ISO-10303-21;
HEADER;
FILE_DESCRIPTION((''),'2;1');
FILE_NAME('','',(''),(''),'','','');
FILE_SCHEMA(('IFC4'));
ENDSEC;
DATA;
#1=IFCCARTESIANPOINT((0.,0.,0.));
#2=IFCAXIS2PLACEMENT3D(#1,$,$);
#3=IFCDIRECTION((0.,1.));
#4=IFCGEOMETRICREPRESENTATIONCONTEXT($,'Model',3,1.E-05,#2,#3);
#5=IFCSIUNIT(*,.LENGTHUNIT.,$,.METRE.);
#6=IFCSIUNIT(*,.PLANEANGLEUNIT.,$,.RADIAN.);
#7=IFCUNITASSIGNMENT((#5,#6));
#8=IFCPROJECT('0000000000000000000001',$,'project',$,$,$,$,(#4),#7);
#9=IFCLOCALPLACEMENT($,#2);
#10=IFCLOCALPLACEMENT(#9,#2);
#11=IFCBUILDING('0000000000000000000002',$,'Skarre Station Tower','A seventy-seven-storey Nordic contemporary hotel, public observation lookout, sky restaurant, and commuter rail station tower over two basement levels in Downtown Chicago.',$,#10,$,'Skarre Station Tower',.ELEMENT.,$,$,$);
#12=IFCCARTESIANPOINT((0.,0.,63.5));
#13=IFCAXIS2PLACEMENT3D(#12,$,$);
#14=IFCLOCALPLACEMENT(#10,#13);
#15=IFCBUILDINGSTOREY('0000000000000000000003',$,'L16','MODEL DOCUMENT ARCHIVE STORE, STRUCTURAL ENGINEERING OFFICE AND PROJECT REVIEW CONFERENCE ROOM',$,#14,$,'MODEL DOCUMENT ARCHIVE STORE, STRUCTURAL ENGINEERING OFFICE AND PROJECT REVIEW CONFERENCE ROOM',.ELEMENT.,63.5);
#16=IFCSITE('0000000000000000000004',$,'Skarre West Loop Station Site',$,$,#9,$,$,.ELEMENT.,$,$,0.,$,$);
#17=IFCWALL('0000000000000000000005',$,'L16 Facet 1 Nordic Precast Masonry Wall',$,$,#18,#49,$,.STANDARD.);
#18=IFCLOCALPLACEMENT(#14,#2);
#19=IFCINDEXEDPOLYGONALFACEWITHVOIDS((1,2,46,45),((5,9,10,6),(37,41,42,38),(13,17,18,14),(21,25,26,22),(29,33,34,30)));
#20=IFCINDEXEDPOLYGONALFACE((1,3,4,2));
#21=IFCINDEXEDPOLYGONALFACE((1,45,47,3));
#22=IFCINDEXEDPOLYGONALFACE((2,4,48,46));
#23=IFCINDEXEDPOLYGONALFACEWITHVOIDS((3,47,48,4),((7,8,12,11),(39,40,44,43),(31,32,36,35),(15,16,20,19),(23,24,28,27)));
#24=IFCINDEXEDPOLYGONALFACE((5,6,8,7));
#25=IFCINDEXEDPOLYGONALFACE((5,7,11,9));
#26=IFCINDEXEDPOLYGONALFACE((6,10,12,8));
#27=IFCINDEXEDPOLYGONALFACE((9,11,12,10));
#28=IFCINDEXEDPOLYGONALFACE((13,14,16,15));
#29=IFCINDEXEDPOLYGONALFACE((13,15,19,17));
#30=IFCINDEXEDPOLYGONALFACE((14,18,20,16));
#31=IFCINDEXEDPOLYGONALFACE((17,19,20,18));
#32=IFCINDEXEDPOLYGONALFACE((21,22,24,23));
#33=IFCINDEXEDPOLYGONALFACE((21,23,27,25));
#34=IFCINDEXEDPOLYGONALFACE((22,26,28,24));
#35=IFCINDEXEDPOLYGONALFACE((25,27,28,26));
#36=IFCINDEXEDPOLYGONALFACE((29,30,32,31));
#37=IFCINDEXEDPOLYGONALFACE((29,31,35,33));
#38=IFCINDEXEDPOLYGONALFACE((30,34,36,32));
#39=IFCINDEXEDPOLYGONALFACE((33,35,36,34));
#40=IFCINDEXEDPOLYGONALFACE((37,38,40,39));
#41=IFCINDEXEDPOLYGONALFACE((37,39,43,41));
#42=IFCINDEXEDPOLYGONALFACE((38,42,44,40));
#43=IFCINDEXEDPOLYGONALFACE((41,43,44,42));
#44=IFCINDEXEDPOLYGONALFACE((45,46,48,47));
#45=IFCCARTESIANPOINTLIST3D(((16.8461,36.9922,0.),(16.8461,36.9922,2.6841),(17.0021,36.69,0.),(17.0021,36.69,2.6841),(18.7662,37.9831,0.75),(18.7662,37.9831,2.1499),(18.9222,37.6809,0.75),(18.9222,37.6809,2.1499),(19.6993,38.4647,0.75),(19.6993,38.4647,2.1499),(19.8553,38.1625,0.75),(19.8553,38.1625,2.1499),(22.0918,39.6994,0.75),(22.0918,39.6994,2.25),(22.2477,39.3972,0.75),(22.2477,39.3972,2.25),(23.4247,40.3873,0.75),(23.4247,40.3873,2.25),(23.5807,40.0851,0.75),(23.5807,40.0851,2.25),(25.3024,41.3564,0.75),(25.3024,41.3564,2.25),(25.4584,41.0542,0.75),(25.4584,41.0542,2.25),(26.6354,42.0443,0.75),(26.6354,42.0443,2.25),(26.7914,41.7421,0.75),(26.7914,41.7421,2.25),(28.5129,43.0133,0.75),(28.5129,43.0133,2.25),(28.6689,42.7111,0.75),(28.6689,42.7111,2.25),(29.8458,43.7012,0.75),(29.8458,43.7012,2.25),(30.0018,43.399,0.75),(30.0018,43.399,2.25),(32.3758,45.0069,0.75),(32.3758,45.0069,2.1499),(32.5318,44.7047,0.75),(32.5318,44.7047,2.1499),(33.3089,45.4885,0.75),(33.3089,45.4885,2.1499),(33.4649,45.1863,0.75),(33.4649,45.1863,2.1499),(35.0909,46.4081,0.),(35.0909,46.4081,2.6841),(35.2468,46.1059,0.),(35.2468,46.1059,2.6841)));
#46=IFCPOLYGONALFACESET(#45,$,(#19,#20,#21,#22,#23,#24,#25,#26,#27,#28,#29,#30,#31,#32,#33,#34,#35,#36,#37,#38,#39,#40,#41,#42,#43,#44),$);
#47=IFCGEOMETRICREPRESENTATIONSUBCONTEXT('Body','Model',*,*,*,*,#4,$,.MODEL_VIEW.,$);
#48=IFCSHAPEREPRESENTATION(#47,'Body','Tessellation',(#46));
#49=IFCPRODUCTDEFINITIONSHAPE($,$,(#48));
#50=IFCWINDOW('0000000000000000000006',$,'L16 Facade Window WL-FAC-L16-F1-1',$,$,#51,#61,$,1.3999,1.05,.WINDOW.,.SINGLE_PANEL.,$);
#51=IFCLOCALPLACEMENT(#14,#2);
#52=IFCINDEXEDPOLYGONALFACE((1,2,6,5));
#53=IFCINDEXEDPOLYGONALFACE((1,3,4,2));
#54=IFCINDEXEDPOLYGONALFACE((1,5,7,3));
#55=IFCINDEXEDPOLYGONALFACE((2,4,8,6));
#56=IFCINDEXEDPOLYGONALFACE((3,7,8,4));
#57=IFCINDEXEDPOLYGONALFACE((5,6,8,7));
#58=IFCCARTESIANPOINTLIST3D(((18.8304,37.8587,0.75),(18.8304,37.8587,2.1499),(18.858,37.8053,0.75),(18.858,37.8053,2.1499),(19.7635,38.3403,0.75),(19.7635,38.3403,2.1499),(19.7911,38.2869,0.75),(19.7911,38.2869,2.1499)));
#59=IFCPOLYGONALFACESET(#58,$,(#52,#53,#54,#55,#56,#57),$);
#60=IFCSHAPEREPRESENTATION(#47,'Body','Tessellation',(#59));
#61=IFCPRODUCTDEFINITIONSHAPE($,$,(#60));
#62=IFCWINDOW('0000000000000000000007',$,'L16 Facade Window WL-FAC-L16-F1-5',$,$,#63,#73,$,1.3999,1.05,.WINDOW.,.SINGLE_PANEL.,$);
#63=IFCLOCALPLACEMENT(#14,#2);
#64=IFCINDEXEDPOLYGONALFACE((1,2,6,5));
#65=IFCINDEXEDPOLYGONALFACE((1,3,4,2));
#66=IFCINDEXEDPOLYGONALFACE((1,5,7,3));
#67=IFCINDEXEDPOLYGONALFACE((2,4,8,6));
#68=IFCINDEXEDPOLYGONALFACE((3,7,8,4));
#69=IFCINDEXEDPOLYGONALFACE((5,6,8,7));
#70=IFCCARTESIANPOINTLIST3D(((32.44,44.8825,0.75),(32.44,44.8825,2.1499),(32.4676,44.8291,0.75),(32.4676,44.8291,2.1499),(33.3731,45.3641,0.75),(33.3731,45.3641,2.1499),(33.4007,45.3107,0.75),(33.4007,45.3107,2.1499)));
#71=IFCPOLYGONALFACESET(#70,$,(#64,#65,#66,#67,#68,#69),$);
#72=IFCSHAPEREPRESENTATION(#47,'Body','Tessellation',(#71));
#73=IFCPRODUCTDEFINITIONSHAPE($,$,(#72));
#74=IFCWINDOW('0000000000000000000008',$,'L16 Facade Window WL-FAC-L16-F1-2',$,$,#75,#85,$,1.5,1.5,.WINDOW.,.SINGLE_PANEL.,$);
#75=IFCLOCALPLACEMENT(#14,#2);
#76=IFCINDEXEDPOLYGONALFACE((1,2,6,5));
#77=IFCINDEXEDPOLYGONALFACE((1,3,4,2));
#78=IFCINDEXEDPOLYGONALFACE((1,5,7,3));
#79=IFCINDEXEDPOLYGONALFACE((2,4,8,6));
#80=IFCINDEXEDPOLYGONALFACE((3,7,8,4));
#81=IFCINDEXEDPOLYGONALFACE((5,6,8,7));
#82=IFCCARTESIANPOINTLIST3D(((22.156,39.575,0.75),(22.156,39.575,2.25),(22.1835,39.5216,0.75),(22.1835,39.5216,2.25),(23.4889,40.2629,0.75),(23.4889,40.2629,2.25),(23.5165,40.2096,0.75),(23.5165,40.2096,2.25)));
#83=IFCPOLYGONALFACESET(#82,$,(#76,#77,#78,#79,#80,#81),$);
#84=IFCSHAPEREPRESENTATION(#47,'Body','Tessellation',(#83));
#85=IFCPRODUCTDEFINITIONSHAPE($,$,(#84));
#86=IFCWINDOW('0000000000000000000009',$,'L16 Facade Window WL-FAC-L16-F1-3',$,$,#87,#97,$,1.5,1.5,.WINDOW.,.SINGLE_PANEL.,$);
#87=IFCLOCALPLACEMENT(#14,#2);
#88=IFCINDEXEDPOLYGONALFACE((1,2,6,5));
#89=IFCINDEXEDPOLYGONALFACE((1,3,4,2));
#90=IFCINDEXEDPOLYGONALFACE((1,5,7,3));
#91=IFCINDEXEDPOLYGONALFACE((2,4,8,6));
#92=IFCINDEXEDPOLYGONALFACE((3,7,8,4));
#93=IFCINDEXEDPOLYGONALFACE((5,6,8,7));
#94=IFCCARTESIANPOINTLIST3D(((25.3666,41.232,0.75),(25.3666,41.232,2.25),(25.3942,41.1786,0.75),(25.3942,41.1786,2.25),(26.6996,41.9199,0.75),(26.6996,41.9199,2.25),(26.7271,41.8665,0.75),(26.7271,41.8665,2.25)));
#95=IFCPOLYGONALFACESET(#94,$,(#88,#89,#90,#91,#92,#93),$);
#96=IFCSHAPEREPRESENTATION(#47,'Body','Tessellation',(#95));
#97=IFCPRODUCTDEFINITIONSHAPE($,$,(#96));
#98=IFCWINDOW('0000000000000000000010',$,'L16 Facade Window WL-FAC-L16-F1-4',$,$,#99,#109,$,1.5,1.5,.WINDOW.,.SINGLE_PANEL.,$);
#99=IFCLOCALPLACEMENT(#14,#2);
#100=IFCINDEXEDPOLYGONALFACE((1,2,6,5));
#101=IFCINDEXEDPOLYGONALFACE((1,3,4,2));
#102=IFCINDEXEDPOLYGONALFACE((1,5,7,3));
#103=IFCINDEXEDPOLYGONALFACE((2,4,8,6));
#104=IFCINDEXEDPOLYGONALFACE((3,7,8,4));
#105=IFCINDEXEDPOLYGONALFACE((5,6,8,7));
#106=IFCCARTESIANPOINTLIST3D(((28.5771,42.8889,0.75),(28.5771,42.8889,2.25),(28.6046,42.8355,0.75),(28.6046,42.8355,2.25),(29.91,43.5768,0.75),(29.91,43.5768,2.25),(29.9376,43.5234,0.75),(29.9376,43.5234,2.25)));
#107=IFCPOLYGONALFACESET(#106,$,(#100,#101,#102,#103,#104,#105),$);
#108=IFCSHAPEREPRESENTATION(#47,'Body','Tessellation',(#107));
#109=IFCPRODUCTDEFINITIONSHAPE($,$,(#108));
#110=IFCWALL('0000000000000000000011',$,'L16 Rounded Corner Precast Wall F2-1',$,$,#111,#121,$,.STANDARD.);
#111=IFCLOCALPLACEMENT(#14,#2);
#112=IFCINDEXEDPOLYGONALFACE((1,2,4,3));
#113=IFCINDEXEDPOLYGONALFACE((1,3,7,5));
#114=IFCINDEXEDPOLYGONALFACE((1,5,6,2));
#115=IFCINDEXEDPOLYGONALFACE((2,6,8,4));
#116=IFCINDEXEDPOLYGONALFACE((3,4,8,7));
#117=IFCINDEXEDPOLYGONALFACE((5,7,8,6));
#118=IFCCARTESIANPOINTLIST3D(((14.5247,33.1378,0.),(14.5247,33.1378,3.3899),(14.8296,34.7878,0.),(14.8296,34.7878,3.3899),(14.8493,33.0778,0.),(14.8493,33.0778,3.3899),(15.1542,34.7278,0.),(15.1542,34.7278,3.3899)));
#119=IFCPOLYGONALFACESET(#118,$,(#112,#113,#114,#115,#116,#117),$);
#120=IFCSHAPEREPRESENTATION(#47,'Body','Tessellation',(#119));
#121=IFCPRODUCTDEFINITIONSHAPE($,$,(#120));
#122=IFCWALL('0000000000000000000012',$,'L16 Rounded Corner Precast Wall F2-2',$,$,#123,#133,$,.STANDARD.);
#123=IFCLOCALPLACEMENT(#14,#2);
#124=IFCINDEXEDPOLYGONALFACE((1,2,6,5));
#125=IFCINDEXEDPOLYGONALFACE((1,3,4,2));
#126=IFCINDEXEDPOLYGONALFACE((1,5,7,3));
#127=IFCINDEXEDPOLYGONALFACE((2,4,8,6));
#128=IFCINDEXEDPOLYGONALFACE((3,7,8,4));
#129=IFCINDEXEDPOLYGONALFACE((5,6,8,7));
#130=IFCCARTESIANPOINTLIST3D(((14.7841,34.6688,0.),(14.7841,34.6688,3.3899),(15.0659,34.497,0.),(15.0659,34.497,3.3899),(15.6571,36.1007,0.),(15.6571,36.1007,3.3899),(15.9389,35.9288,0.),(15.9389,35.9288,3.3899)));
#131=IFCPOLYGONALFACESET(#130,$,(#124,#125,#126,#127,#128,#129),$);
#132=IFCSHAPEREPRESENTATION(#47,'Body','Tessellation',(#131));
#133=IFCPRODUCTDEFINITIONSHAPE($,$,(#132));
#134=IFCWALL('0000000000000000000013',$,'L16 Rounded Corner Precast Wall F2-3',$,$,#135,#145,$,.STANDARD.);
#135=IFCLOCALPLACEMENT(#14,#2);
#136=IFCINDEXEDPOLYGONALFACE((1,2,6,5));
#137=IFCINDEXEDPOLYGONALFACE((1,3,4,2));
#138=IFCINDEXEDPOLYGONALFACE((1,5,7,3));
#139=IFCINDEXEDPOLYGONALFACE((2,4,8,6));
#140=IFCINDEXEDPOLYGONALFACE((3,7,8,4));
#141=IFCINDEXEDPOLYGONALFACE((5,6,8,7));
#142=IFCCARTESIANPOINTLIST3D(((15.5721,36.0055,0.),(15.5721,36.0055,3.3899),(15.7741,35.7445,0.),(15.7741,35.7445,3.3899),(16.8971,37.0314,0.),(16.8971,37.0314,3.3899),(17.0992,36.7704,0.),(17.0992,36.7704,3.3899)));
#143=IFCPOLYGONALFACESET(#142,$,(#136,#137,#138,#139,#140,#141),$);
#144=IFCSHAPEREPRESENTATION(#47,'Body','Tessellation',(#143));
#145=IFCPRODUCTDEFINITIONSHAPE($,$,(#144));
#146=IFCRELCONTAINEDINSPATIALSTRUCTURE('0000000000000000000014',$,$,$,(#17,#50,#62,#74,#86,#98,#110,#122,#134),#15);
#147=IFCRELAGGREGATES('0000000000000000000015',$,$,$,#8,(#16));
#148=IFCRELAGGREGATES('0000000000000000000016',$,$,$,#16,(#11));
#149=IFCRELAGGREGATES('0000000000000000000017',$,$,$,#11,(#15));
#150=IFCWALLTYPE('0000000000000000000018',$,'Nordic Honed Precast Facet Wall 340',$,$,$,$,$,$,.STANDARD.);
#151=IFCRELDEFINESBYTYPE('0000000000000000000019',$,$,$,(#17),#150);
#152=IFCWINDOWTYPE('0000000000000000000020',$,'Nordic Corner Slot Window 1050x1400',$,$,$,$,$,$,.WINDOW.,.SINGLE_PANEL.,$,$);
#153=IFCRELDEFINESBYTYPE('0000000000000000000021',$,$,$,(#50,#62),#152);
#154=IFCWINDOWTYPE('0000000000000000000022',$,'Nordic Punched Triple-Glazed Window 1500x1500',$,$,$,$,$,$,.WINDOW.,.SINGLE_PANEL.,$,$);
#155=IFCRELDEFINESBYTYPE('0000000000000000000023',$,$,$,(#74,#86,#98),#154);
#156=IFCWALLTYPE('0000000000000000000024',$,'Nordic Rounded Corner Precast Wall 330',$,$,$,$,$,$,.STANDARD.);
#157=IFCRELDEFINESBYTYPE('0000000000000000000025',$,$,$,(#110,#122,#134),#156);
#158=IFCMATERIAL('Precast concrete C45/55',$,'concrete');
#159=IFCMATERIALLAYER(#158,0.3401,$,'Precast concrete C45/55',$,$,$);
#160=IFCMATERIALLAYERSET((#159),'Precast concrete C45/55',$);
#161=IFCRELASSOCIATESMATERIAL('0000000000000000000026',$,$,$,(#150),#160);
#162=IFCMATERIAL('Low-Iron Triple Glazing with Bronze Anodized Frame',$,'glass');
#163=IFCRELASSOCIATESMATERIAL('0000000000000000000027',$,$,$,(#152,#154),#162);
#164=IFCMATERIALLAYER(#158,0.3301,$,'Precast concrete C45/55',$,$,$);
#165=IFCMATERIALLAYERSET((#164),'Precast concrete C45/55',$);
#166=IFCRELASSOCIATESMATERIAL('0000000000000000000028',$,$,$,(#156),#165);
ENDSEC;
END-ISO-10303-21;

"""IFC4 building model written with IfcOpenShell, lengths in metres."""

from ifc_helpers import new_model, si_unit, direction, frame, frame_2d, origin, place, context, subcontext, project, spatial, rectangle, extrude, material, layer, layer_set, type_object, element, fill, save


model = new_model("IFC4")

# Units and contexts
model_context = context("Model", 3, precision=1e-05, world=origin(), true_north=direction((0.0, 1.0)))
body_context = subcontext(model_context, "Body", "Model", "MODEL_VIEW")
ifc_project = project(units=[si_unit("LENGTHUNIT", "METRE"), si_unit("PLANEANGLEUNIT", "RADIAN")], contexts=[model_context])

# Site, building, storey
site_placement = place(None, origin())
site = spatial("IfcSite", under=ifc_project, at=site_placement, Name="Skarre West Loop Station Site", CompositionType="ELEMENT", RefElevation=0.0)
building_placement = place(site_placement, origin())
building = spatial("IfcBuilding", under=site, at=building_placement, Name="Skarre Station Tower", Description="A seventy-seven-storey Nordic contemporary hotel, public observation lookout, sky restaurant, and commuter rail station tower over two basement levels in Downtown Chicago.", LongName="Skarre Station Tower", CompositionType="ELEMENT")
storey_placement = place(building_placement, frame((0.0, 0.0, 63.5)))
storey = spatial("IfcBuildingStorey", under=building, at=storey_placement, Name="L16", Description="MODEL DOCUMENT ARCHIVE STORE, STRUCTURAL ENGINEERING OFFICE AND PROJECT REVIEW CONFERENCE ROOM", LongName="MODEL DOCUMENT ARCHIVE STORE, STRUCTURAL ENGINEERING OFFICE AND PROJECT REVIEW CONFERENCE ROOM", CompositionType="ELEMENT", Elevation=63.5)

# Wall, openings, windows
ifc_material_1 = material(Name="Precast concrete C45/55", Category="concrete")
ifc_layer_1 = layer(ifc_material_1, 0.3401, Name="Precast concrete C45/55")
ifc_layer_set_1 = layer_set([ifc_layer_1], Name="Precast concrete C45/55")
wall_type_1 = type_object("IfcWallType", Name="Nordic Honed Precast Facet Wall 340", PredefinedType="STANDARD", material=ifc_layer_set_1)
wall_1_placement = place(storey_placement, frame((16.9241, 36.8411, 0.0), z_axis=(0.0, 0.0, 1.0), x_axis=(0.888634, 0.458616, 0.0)))
wall_1 = element("IfcWall", 1, at=wall_1_placement, inside=storey, type_object=wall_type_1, Name="L16 Facet 1 Nordic Precast Masonry Wall", PredefinedType="STANDARD", context=body_context, shape_type="SweptSolid", body=[
    extrude(rectangle(XDim=20.5312, YDim=0.3401, at=frame_2d((10.2656, 0.0))), origin(), (0.0, 0.0, 1.0), 2.6841),
])
opening_1_placement = place(wall_1_placement, frame((2.1609, 0.0, 0.75)))
opening_1 = element("IfcOpeningElement", 2, at=opening_1_placement, cuts=wall_1, PredefinedType="OPENING", context=body_context, shape_type="SweptSolid", body=[
    extrude(rectangle(XDim=1.05, YDim=1.3999, at=frame_2d((0.5249, 0.7))), frame((0.0, 0.1799, 0.0), z_axis=(0.0, -1.0, 0.0), x_axis=(1.0, 0.0, 0.0)), (0.0, 0.0, 1.0), 0.3601),
])
opening_2_placement = place(wall_1_placement, frame((5.9031, 0.0, 0.75)))
opening_2 = element("IfcOpeningElement", 3, at=opening_2_placement, cuts=wall_1, PredefinedType="OPENING", context=body_context, shape_type="SweptSolid", body=[
    extrude(rectangle(XDim=1.5, YDim=1.5, at=frame_2d((0.75, 0.75))), frame((0.0, 0.1799, 0.0), z_axis=(0.0, -1.0, 0.0), x_axis=(1.0, 0.0, 0.0)), (0.0, 0.0, 1.0), 0.3601),
])
opening_3_placement = place(wall_1_placement, frame((9.5161, 0.0, 0.75)))
opening_3 = element("IfcOpeningElement", 4, at=opening_3_placement, cuts=wall_1, PredefinedType="OPENING", context=body_context, shape_type="SweptSolid", body=[
    extrude(rectangle(XDim=1.5, YDim=1.5, at=frame_2d((0.75, 0.75))), frame((0.0, 0.1799, 0.0), z_axis=(0.0, -1.0, 0.0), x_axis=(1.0, 0.0, 0.0)), (0.0, 0.0, 1.0), 0.3601),
])
opening_4_placement = place(wall_1_placement, frame((13.1289, 0.0, 0.75)))
opening_4 = element("IfcOpeningElement", 5, at=opening_4_placement, cuts=wall_1, PredefinedType="OPENING", context=body_context, shape_type="SweptSolid", body=[
    extrude(rectangle(XDim=1.5, YDim=1.5, at=frame_2d((0.75, 0.75))), frame((0.0, 0.1799, 0.0), z_axis=(0.0, -1.0, 0.0), x_axis=(1.0, 0.0, 0.0)), (0.0, 0.0, 1.0), 0.3601),
])
opening_5_placement = place(wall_1_placement, frame((17.4761, 0.0, 0.75)))
opening_5 = element("IfcOpeningElement", 6, at=opening_5_placement, cuts=wall_1, PredefinedType="OPENING", context=body_context, shape_type="SweptSolid", body=[
    extrude(rectangle(XDim=1.05, YDim=1.3999, at=frame_2d((0.5249, 0.7))), frame((0.0, 0.1799, 0.0), z_axis=(0.0, -1.0, 0.0), x_axis=(1.0, 0.0, 0.0)), (0.0, 0.0, 1.0), 0.3601),
])
ifc_material_2 = material(Name="Low-Iron Triple Glazing with Bronze Anodized Frame", Category="glass")
window_type_1 = type_object("IfcWindowType", Name="Nordic Corner Slot Window 1050x1400", PartitioningType="SINGLE_PANEL", PredefinedType="WINDOW", material=ifc_material_2)
window_1_placement = place(opening_1_placement, origin())
window_1 = element("IfcWindow", 7, at=window_1_placement, inside=storey, type_object=window_type_1, Name="L16 Facade Window WL-FAC-L16-F1-1", OverallHeight=1.3999, OverallWidth=1.05, PartitioningType="SINGLE_PANEL", PredefinedType="WINDOW", context=body_context, shape_type="SweptSolid", body=[
    extrude(rectangle(XDim=1.05, YDim=1.3999, at=frame_2d((0.5249, 0.7))), frame((0.0, 0.03, 0.0), z_axis=(0.0, -1.0, 0.0), x_axis=(1.0, 0.0, 0.0)), (0.0, 0.0, 1.0), 0.0601),
])
fill(opening_1, window_1)
window_2_placement = place(opening_5_placement, origin())
window_2 = element("IfcWindow", 8, at=window_2_placement, inside=storey, type_object=window_type_1, Name="L16 Facade Window WL-FAC-L16-F1-5", OverallHeight=1.3999, OverallWidth=1.05, PartitioningType="SINGLE_PANEL", PredefinedType="WINDOW", context=body_context, shape_type="SweptSolid", body=[
    extrude(rectangle(XDim=1.05, YDim=1.3999, at=frame_2d((0.5249, 0.7))), frame((0.0, 0.03, 0.0), z_axis=(0.0, -1.0, 0.0), x_axis=(1.0, 0.0, 0.0)), (0.0, 0.0, 1.0), 0.0601),
])
fill(opening_5, window_2)
window_type_2 = type_object("IfcWindowType", Name="Nordic Punched Triple-Glazed Window 1500x1500", PartitioningType="SINGLE_PANEL", PredefinedType="WINDOW", material=ifc_material_2)
window_3_placement = place(opening_2_placement, origin())
window_3 = element("IfcWindow", 9, at=window_3_placement, inside=storey, type_object=window_type_2, Name="L16 Facade Window WL-FAC-L16-F1-2", OverallHeight=1.5, OverallWidth=1.5, PartitioningType="SINGLE_PANEL", PredefinedType="WINDOW", context=body_context, shape_type="SweptSolid", body=[
    extrude(rectangle(XDim=1.5, YDim=1.5, at=frame_2d((0.75, 0.75))), frame((0.0, 0.03, 0.0), z_axis=(0.0, -1.0, 0.0), x_axis=(1.0, 0.0, 0.0)), (0.0, 0.0, 1.0), 0.0601),
])
fill(opening_2, window_3)
window_4_placement = place(opening_3_placement, origin())
window_4 = element("IfcWindow", 10, at=window_4_placement, inside=storey, type_object=window_type_2, Name="L16 Facade Window WL-FAC-L16-F1-3", OverallHeight=1.5, OverallWidth=1.5, PartitioningType="SINGLE_PANEL", PredefinedType="WINDOW", context=body_context, shape_type="SweptSolid", body=[
    extrude(rectangle(XDim=1.5, YDim=1.5, at=frame_2d((0.75, 0.75))), frame((0.0, 0.03, 0.0), z_axis=(0.0, -1.0, 0.0), x_axis=(1.0, 0.0, 0.0)), (0.0, 0.0, 1.0), 0.0601),
])
fill(opening_3, window_4)
window_5_placement = place(opening_4_placement, origin())
window_5 = element("IfcWindow", 11, at=window_5_placement, inside=storey, type_object=window_type_2, Name="L16 Facade Window WL-FAC-L16-F1-4", OverallHeight=1.5, OverallWidth=1.5, PartitioningType="SINGLE_PANEL", PredefinedType="WINDOW", context=body_context, shape_type="SweptSolid", body=[
    extrude(rectangle(XDim=1.5, YDim=1.5, at=frame_2d((0.75, 0.75))), frame((0.0, 0.03, 0.0), z_axis=(0.0, -1.0, 0.0), x_axis=(1.0, 0.0, 0.0)), (0.0, 0.0, 1.0), 0.0601),
])
fill(opening_4, window_5)

# Walls
ifc_layer_2 = layer(ifc_material_1, 0.3301, Name="Precast concrete C45/55")
ifc_layer_set_2 = layer_set([ifc_layer_2], Name="Precast concrete C45/55")
wall_type_2 = type_object("IfcWallType", Name="Nordic Rounded Corner Precast Wall 330", PredefinedType="STANDARD", material=ifc_layer_set_2)
wall_2_placement = place(storey_placement, frame((14.687, 33.1079, 0.0), z_axis=(0.0, 0.0, 1.0), x_axis=(0.181714, 0.983351, 0.0)))
element("IfcWall", 12, at=wall_2_placement, inside=storey, type_object=wall_type_2, Name="L16 Rounded Corner Precast Wall F2-1", PredefinedType="STANDARD", context=body_context, shape_type="SweptSolid", body=[
    extrude(rectangle(XDim=1.678, YDim=0.3301, at=frame_2d((0.8389, 0.0))), origin(), (0.0, 0.0, 1.0), 3.3899),
])
wall_3_placement = place(storey_placement, frame((14.925, 34.583, 0.0), z_axis=(0.0, 0.0, 1.0), x_axis=(0.520584, 0.85381, 0.0)))
element("IfcWall", 13, at=wall_3_placement, inside=storey, type_object=wall_type_2, Name="L16 Rounded Corner Precast Wall F2-2", PredefinedType="STANDARD", context=body_context, shape_type="SweptSolid", body=[
    extrude(rectangle(XDim=1.677, YDim=0.3301, at=frame_2d((0.8384, 0.0))), origin(), (0.0, 0.0, 1.0), 3.3899),
])
wall_4_placement = place(storey_placement, frame((15.6731, 35.875, 0.0), z_axis=(0.0, 0.0, 1.0), x_axis=(0.790692, 0.612214, 0.0)))
element("IfcWall", 14, at=wall_4_placement, inside=storey, type_object=wall_type_2, Name="L16 Rounded Corner Precast Wall F2-3", PredefinedType="STANDARD", context=body_context, shape_type="SweptSolid", body=[
    extrude(rectangle(XDim=1.6758, YDim=0.3301, at=frame_2d((0.8379, 0.0))), origin(), (0.0, 0.0, 1.0), 3.3899),
])

save(model, "model.ifc")
